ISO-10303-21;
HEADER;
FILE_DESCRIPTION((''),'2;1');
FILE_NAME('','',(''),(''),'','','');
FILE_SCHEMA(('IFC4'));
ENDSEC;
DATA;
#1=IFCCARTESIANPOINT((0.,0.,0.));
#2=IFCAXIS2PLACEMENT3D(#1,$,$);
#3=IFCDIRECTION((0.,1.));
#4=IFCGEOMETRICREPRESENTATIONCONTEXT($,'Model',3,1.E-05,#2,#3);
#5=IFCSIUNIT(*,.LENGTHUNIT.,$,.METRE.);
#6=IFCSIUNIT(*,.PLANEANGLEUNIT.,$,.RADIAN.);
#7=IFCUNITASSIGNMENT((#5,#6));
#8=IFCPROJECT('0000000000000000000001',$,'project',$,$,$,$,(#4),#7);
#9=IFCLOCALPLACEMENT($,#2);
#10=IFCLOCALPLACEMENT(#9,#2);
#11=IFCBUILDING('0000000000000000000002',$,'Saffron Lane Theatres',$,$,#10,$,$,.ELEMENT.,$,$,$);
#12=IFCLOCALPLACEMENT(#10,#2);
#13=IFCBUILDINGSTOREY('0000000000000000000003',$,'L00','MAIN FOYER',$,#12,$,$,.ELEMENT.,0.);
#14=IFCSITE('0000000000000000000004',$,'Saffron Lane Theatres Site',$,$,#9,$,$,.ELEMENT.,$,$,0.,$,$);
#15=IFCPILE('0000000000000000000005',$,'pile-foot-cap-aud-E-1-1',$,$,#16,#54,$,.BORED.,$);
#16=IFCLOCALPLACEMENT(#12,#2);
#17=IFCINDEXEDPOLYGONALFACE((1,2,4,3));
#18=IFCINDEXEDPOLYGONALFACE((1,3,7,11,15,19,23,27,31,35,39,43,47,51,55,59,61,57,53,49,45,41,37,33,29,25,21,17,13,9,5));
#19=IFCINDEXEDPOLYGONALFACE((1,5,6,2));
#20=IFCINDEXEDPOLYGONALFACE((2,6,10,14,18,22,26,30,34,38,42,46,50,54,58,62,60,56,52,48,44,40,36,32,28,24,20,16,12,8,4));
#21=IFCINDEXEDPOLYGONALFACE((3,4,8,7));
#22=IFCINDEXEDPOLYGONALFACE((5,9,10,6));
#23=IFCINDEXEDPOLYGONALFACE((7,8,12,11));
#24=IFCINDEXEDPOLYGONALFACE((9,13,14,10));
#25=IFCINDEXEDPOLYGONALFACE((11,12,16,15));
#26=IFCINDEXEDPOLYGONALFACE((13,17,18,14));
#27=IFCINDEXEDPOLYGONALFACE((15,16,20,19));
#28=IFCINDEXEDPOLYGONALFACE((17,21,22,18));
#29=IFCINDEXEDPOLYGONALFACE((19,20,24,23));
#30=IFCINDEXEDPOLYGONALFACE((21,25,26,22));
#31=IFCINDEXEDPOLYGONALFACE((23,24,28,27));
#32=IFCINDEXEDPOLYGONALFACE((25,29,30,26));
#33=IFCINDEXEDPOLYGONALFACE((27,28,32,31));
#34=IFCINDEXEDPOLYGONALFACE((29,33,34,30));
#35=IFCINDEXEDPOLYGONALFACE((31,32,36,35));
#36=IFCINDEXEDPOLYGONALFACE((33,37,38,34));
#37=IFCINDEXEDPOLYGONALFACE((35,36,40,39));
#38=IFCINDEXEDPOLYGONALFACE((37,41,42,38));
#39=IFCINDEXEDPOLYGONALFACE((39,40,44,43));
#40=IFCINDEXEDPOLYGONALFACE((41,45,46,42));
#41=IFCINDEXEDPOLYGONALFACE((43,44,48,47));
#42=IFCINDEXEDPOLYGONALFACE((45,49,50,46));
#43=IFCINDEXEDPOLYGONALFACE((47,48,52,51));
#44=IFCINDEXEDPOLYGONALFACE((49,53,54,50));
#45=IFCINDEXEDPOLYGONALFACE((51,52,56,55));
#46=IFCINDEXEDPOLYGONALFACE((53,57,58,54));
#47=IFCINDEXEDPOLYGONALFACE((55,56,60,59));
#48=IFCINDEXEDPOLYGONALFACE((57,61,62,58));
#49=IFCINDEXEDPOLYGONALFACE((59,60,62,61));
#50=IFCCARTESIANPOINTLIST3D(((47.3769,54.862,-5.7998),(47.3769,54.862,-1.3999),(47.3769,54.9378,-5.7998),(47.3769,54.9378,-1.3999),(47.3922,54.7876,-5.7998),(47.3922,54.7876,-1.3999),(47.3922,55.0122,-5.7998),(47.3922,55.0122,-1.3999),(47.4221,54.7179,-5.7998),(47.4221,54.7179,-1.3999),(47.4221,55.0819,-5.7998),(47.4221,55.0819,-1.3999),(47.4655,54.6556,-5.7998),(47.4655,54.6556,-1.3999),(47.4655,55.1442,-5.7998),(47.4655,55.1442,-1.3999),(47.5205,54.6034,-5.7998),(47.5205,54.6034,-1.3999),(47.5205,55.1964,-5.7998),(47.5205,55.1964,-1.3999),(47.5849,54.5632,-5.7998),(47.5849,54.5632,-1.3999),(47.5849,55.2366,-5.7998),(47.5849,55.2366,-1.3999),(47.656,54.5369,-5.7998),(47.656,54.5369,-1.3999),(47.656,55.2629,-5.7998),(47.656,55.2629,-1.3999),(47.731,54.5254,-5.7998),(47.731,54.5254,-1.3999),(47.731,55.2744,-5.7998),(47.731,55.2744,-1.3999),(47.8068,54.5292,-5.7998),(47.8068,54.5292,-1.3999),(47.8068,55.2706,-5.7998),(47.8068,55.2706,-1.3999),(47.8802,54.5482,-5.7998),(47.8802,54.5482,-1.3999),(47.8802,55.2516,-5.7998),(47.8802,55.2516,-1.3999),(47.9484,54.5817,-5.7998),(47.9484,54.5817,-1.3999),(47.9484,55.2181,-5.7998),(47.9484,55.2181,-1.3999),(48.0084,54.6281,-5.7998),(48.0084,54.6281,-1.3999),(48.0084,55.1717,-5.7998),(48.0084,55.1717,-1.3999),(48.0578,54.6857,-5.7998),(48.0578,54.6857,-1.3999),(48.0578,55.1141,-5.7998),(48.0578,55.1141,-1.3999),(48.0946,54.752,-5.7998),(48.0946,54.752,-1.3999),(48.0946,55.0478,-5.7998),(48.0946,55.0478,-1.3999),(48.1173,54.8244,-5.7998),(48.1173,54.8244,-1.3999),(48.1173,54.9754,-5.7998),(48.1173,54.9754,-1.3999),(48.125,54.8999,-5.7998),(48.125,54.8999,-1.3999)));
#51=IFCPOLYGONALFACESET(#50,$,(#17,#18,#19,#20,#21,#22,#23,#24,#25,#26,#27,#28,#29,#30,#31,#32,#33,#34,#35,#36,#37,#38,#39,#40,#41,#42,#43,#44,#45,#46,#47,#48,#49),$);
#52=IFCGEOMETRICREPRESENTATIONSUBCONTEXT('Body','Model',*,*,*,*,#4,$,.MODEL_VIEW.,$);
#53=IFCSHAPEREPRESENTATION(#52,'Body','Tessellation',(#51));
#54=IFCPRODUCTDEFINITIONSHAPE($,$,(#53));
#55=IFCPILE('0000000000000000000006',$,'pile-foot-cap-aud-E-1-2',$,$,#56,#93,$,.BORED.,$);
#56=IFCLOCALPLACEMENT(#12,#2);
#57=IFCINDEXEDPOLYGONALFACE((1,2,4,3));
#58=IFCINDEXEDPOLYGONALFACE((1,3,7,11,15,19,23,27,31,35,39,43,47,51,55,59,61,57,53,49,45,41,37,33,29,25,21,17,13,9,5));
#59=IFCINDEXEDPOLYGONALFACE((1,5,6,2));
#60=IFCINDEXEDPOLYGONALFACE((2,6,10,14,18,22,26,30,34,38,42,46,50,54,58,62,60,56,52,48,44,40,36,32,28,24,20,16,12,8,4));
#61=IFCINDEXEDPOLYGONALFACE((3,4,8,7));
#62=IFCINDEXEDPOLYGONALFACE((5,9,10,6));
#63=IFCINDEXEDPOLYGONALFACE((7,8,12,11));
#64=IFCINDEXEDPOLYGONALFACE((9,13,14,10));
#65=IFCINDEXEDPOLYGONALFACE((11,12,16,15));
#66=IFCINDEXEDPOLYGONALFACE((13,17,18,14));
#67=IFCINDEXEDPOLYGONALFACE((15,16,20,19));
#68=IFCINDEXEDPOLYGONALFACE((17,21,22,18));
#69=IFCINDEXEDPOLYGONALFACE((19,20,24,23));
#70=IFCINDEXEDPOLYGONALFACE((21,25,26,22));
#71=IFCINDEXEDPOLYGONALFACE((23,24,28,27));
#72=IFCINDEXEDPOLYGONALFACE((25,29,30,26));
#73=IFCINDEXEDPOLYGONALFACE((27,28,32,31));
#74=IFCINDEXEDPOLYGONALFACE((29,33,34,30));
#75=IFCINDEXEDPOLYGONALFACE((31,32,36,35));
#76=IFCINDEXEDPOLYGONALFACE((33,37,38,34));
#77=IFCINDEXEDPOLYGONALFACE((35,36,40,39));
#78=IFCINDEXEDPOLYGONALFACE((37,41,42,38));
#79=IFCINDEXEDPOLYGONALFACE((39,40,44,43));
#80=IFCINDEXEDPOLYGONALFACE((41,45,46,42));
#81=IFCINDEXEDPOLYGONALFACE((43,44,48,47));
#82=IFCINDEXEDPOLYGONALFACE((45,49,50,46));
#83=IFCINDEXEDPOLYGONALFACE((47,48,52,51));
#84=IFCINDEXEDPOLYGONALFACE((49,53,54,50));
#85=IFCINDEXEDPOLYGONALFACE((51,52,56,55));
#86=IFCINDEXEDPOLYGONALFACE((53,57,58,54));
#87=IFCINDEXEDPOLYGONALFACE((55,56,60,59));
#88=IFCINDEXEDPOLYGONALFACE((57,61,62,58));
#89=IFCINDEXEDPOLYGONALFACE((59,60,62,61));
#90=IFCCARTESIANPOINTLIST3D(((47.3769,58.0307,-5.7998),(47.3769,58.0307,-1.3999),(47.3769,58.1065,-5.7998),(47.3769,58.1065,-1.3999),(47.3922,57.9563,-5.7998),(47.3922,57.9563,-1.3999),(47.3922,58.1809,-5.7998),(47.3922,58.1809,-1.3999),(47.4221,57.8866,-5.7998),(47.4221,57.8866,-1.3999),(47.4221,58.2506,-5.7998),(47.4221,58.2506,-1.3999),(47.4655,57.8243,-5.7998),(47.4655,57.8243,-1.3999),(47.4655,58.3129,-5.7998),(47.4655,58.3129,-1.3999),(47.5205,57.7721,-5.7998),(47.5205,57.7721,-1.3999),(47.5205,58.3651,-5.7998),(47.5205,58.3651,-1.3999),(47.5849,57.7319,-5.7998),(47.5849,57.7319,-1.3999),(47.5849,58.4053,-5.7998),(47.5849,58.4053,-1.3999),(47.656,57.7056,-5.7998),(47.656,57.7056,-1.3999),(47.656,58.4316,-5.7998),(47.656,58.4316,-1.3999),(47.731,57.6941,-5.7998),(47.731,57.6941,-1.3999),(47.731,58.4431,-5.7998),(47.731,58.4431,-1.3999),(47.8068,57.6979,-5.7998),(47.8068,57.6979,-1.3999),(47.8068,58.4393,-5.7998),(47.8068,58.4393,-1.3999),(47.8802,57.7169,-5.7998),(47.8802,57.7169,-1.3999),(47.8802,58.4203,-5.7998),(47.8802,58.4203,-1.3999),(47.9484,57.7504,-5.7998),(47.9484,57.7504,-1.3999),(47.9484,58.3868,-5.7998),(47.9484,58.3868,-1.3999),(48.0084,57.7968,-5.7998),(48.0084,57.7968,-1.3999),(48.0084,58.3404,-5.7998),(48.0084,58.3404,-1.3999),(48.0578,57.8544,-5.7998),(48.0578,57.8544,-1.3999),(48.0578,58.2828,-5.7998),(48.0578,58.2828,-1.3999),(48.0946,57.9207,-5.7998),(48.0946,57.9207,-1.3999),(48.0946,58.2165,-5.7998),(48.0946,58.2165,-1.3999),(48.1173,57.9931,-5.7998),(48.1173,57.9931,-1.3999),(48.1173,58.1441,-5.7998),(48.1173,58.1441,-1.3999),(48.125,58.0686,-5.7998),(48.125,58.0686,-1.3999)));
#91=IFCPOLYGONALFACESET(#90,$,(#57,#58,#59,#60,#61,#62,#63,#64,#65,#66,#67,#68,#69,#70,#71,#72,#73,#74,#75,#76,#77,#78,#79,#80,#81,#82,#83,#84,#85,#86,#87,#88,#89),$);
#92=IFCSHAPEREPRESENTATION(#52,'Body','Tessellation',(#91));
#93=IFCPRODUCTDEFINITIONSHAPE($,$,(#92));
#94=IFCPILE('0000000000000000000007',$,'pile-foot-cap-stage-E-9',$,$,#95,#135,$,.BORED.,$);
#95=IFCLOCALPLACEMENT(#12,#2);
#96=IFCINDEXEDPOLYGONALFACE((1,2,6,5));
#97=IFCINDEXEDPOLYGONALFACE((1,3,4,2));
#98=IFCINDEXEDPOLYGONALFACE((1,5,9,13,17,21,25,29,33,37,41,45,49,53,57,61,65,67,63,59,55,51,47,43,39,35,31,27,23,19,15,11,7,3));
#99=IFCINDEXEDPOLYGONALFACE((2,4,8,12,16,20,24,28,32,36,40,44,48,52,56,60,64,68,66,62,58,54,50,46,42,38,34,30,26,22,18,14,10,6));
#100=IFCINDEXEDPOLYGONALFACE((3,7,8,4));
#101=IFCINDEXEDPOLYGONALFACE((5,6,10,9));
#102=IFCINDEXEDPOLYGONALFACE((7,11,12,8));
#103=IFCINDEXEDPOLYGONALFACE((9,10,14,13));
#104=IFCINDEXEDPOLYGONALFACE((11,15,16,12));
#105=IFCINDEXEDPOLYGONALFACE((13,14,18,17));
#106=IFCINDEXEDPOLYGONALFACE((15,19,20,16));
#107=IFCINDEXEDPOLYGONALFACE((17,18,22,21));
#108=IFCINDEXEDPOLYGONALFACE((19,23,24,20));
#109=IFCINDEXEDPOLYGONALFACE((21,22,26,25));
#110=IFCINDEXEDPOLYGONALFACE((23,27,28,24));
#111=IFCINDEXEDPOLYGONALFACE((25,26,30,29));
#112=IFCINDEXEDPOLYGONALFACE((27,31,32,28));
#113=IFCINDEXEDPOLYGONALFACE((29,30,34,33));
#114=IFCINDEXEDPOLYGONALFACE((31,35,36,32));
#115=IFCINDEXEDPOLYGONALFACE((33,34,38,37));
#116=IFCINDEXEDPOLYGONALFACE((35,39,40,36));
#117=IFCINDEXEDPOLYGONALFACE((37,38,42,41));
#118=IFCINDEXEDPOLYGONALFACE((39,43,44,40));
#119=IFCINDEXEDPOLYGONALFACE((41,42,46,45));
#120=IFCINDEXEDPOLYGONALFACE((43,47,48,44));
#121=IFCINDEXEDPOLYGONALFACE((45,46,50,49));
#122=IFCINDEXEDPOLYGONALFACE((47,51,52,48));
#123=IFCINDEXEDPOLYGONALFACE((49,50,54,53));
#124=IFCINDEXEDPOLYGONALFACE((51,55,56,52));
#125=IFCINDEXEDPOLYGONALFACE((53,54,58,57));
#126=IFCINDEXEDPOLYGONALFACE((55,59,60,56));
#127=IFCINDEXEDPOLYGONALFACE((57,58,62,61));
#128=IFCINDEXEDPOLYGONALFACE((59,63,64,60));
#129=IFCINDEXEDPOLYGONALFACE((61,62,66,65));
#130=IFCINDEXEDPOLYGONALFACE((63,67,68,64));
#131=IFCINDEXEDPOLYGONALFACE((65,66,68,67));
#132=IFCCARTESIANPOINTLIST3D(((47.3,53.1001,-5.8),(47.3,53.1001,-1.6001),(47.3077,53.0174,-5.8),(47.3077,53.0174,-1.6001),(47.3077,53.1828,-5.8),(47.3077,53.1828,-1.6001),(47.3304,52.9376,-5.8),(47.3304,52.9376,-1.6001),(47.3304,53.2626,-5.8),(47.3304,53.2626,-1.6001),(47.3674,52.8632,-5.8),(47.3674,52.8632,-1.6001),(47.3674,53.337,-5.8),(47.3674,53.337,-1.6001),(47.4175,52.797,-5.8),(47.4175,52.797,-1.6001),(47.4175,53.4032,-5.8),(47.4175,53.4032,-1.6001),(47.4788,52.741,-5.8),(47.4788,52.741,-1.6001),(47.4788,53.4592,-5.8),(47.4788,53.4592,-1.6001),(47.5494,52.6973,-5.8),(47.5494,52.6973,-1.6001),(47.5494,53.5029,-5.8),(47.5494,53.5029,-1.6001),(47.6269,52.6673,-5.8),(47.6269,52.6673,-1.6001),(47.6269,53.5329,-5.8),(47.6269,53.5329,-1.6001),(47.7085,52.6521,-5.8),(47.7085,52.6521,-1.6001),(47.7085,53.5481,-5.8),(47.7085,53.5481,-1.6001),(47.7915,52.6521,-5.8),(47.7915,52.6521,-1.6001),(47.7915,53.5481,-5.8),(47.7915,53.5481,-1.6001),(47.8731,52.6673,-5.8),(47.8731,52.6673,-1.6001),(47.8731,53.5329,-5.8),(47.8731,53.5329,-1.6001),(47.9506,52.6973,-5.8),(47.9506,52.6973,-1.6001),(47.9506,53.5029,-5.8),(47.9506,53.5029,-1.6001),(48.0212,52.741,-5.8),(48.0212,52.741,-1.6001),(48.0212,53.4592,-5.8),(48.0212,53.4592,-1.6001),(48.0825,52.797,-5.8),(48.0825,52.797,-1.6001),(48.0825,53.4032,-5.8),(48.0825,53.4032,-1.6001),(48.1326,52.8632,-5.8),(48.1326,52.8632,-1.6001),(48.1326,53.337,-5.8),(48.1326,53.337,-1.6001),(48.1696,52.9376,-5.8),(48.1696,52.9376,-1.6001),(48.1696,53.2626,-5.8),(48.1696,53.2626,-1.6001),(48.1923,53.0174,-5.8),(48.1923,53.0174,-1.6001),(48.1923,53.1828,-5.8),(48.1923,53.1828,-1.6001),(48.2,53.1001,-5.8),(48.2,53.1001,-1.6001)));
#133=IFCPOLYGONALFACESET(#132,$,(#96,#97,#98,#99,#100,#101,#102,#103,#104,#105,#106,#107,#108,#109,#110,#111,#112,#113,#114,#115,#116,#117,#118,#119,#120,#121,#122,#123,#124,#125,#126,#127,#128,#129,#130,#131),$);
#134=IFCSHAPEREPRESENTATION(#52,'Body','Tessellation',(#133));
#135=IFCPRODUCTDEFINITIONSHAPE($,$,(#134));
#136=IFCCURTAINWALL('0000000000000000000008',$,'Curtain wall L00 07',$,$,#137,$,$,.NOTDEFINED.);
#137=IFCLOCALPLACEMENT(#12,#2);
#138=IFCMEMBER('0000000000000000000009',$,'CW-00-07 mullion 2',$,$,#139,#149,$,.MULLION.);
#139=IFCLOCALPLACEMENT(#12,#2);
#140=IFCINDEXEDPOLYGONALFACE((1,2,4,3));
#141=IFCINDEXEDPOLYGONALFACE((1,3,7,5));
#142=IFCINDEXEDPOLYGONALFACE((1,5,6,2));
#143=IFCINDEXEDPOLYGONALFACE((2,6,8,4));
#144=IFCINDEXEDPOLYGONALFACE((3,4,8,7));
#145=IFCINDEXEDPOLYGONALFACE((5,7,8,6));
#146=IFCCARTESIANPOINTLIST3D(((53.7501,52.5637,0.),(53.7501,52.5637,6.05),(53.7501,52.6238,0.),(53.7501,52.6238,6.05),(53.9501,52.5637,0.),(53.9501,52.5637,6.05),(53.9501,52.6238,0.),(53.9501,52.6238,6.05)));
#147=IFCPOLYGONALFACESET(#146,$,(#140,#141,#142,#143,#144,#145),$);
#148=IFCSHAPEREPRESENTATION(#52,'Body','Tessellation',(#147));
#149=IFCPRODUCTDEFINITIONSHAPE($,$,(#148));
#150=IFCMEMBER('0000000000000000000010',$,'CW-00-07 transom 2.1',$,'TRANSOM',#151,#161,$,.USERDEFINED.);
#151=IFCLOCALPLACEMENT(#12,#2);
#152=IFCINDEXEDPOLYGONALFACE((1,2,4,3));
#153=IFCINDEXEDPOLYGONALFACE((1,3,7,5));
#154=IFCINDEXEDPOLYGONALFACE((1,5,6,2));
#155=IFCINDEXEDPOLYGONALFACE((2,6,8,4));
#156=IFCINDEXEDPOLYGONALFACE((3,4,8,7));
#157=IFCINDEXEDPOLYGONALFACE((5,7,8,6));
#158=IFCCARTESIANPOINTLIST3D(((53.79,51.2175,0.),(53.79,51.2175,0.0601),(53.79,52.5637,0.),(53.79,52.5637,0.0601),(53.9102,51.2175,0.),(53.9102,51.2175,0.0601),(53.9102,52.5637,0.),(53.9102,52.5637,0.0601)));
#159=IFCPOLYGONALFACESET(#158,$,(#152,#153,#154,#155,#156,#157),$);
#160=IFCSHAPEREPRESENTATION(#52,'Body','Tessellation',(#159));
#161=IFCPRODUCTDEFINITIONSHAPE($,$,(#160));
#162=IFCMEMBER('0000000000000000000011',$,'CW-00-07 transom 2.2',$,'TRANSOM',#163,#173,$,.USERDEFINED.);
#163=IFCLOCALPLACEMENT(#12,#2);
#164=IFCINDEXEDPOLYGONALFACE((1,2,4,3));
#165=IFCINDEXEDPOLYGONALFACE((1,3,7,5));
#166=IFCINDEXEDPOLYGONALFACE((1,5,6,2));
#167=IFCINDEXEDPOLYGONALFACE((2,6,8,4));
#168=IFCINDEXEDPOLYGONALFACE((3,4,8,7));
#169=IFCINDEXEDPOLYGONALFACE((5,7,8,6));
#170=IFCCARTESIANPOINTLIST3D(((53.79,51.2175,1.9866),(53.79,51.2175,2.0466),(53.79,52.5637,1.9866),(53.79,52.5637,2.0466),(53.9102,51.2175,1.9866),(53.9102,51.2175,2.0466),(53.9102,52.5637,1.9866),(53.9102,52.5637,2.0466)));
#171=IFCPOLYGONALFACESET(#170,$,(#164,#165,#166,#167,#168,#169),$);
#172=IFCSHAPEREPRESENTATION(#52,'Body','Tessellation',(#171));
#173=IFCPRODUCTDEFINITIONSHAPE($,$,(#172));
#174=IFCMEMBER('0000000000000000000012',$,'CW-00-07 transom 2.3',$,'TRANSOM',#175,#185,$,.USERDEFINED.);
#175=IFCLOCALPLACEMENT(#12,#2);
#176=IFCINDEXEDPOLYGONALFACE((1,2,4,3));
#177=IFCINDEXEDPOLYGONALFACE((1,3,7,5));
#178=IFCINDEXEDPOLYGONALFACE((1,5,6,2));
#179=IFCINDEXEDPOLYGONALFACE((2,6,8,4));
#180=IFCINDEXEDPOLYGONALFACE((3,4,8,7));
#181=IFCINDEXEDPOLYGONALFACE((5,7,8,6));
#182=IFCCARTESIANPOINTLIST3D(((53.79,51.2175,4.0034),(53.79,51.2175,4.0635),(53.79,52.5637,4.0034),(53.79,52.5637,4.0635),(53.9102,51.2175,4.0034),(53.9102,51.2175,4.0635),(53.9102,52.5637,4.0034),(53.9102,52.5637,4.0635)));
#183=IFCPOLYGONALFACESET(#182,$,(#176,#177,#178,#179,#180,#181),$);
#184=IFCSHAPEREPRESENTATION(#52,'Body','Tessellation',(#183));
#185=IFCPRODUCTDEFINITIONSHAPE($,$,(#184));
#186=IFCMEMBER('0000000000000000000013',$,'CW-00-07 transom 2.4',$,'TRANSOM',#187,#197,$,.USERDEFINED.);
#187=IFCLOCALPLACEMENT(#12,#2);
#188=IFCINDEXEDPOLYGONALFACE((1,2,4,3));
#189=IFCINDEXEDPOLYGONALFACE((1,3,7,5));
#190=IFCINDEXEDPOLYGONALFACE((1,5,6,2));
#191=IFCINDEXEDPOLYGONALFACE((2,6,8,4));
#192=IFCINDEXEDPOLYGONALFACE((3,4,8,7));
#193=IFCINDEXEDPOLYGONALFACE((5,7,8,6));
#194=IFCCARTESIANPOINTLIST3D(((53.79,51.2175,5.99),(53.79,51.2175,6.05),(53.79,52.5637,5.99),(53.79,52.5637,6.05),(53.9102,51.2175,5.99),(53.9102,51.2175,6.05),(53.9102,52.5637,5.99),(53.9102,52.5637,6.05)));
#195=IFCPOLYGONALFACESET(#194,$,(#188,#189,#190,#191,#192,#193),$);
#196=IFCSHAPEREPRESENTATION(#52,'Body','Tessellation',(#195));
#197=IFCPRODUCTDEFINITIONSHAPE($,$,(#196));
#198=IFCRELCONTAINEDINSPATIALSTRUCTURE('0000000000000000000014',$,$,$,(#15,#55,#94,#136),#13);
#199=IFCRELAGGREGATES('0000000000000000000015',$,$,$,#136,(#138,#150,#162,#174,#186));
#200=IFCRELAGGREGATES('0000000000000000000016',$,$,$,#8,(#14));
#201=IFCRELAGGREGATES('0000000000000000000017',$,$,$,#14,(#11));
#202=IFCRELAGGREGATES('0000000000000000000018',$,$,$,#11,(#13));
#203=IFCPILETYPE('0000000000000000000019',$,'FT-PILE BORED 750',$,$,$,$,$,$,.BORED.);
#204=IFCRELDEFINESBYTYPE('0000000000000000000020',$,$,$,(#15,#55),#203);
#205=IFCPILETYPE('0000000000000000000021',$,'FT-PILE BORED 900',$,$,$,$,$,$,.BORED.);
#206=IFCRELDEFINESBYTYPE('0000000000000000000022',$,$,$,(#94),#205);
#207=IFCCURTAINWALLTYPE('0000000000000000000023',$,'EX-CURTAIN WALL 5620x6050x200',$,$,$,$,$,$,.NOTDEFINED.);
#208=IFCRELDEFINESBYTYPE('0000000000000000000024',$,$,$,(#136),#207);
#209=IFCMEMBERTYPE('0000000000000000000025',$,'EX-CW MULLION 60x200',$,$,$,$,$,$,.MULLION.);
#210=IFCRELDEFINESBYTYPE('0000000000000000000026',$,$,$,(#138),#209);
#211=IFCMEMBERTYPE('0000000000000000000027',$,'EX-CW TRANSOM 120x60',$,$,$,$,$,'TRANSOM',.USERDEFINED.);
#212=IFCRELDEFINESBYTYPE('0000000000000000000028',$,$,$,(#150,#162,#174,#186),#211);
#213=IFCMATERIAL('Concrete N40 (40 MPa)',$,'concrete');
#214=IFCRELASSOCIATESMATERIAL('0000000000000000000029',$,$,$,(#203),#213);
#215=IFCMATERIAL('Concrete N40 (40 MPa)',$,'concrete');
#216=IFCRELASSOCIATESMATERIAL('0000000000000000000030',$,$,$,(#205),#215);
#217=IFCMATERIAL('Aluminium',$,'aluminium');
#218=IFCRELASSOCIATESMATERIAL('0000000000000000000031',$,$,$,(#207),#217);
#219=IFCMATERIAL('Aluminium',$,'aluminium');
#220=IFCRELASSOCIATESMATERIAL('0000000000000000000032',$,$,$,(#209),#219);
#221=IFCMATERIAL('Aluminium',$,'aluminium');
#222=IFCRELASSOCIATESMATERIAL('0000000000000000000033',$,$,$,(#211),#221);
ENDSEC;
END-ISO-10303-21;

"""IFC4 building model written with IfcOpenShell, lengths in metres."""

from ifc_helpers import new_model, si_unit, direction, frame, origin, origin_2d, place, context, subcontext, project, spatial, rectangle, circle, extrude, material, material_profile, profile_set, type_object, element, aggregate, save


model = new_model("IFC4")

# Units and contexts
model_context = context("Model", 3, precision=1e-05, world=origin(), true_north=direction((0.0, 1.0)))
body_context = subcontext(model_context, "Body", "Model", "MODEL_VIEW")
ifc_project = project(units=[si_unit("LENGTHUNIT", "METRE"), si_unit("PLANEANGLEUNIT", "RADIAN")], contexts=[model_context])

# Site, building, storey
site_placement = place(None, origin())
site = spatial("IfcSite", under=ifc_project, at=site_placement, Name="Saffron Lane Theatres Site", CompositionType="ELEMENT", RefElevation=0.0)
building_placement = place(site_placement, origin())
building = spatial("IfcBuilding", under=site, at=building_placement, Name="Saffron Lane Theatres", CompositionType="ELEMENT")
storey_placement = place(building_placement, origin())
storey = spatial("IfcBuildingStorey", under=building, at=storey_placement, Name="L00", Description="MAIN FOYER", CompositionType="ELEMENT", Elevation=0.0)

# Piles
ifc_material_1 = material(Name="Concrete N40 (40 MPa)", Category="concrete")
ifc_material_profile_1 = material_profile(ifc_material_1, circle(Radius=0.375, at=origin_2d()))
ifc_profile_set_1 = profile_set([ifc_material_profile_1], Name="Concrete N40 (40 MPa)")
pile_type_1 = type_object("IfcPileType", Name="FT-PILE BORED 750", PredefinedType="BORED", material=ifc_profile_set_1)
for number, where, z_axis, x_axis, name in (
    (1, (47.75, 54.8999, -1.3999), (0.0, 0.0, -1.0), (1.0, 0.0, 0.0), "pile-foot-cap-aud-E-1-1"),
    (2, (47.75, 58.0686, -1.3999), (0.0, 0.0, -1.0), (1.0, 0.0, 0.0), "pile-foot-cap-aud-E-1-2"),
):
    element("IfcPile", number, at=place(storey_placement, frame(where, z_axis=z_axis, x_axis=x_axis)), inside=storey, type_object=pile_type_1, Name=name, PredefinedType="BORED", context=body_context, shape_type="SweptSolid", body=[
        extrude(circle(Radius=0.375, at=origin_2d()), origin(), (0.0, 0.0, 1.0), 4.3999),
    ])
ifc_material_2 = material(Name="Concrete N40 (40 MPa)", Category="concrete")
ifc_material_profile_2 = material_profile(ifc_material_2, circle(Radius=0.45, at=origin_2d()))
ifc_profile_set_2 = profile_set([ifc_material_profile_2], Name="Concrete N40 (40 MPa)")
pile_type_2 = type_object("IfcPileType", Name="FT-PILE BORED 900", PredefinedType="BORED", material=ifc_profile_set_2)
pile_placement = place(storey_placement, frame((47.75, 53.1001, -1.6001), z_axis=(0.0, 0.0, -1.0), x_axis=(1.0, 0.0, 0.0)))
element("IfcPile", 3, at=pile_placement, inside=storey, type_object=pile_type_2, Name="pile-foot-cap-stage-E-9", PredefinedType="BORED", context=body_context, shape_type="SweptSolid", body=[
    extrude(circle(Radius=0.45, at=origin_2d()), origin(), (0.0, 0.0, 1.0), 4.2),
])

# Curtain wall, members
ifc_material_3 = material(Name="Aluminium", Category="aluminium")
curtain_wall_type = type_object("IfcCurtainWallType", Name="EX-CURTAIN WALL 5620x6050x200", PredefinedType="NOTDEFINED", material=ifc_material_3)
curtain_wall_placement = place(storey_placement, origin())
curtain_wall = element("IfcCurtainWall", 4, at=curtain_wall_placement, inside=storey, type_object=curtain_wall_type, Name="Curtain wall L00 07", PredefinedType="NOTDEFINED")
ifc_material_4 = material(Name="Aluminium", Category="aluminium")
ifc_material_profile_3 = material_profile(ifc_material_4, rectangle(XDim=0.0601, YDim=0.2, at=origin_2d()))
ifc_profile_set_3 = profile_set([ifc_material_profile_3], Name="Aluminium")
member_type_1 = type_object("IfcMemberType", Name="EX-CW MULLION 60x200", PredefinedType="MULLION", material=ifc_profile_set_3)
member_1_placement = place(storey_placement, frame((53.8501, 52.5938, 0.0), z_axis=(0.0, 0.0, 1.0), x_axis=(0.0, -1.0, 0.0)))
member_1 = element("IfcMember", 5, at=member_1_placement, type_object=member_type_1, Name="CW-00-07 mullion 2", PredefinedType="MULLION", context=body_context, shape_type="SweptSolid", body=[
    extrude(rectangle(XDim=0.0601, YDim=0.2, at=origin_2d()), origin(), (0.0, 0.0, 1.0), 6.05),
])
ifc_material_5 = material(Name="Aluminium", Category="aluminium")
ifc_material_profile_4 = material_profile(ifc_material_5, rectangle(XDim=0.1201, YDim=0.0601, at=origin_2d()))
ifc_profile_set_4 = profile_set([ifc_material_profile_4], Name="Aluminium")
member_type_2 = type_object("IfcMemberType", Name="EX-CW TRANSOM 120x60", ElementType="TRANSOM", PredefinedType="USERDEFINED", material=ifc_profile_set_4)
member_2_placement = place(storey_placement, frame((53.8501, 52.5637, 0.03), z_axis=(0.0, -1.0, 0.0), x_axis=(1.0, 0.0, 0.0)))
member_2 = element("IfcMember", 6, at=member_2_placement, type_object=member_type_2, Name="CW-00-07 transom 2.1", ObjectType="TRANSOM", PredefinedType="USERDEFINED", context=body_context, shape_type="SweptSolid", body=[
    extrude(rectangle(XDim=0.1201, YDim=0.0601, at=origin_2d()), origin(), (0.0, 0.0, 1.0), 1.3462),
])
member_3_placement = place(storey_placement, frame((53.8501, 52.5637, 2.0166), z_axis=(0.0, -1.0, 0.0), x_axis=(1.0, 0.0, 0.0)))
member_3 = element("IfcMember", 7, at=member_3_placement, type_object=member_type_2, Name="CW-00-07 transom 2.2", ObjectType="TRANSOM", PredefinedType="USERDEFINED", context=body_context, shape_type="SweptSolid", body=[
    extrude(rectangle(XDim=0.1201, YDim=0.0601, at=origin_2d()), origin(), (0.0, 0.0, 1.0), 1.3462),
])
member_4_placement = place(storey_placement, frame((53.8501, 52.5637, 4.0334), z_axis=(0.0, -1.0, 0.0), x_axis=(1.0, 0.0, 0.0)))
member_4 = element("IfcMember", 8, at=member_4_placement, type_object=member_type_2, Name="CW-00-07 transom 2.3", ObjectType="TRANSOM", PredefinedType="USERDEFINED", context=body_context, shape_type="SweptSolid", body=[
    extrude(rectangle(XDim=0.1201, YDim=0.0601, at=origin_2d()), origin(), (0.0, 0.0, 1.0), 1.3462),
])
member_5_placement = place(storey_placement, frame((53.8501, 52.5637, 6.02), z_axis=(0.0, -1.0, 0.0), x_axis=(1.0, 0.0, 0.0)))
member_5 = element("IfcMember", 9, at=member_5_placement, type_object=member_type_2, Name="CW-00-07 transom 2.4", ObjectType="TRANSOM", PredefinedType="USERDEFINED", context=body_context, shape_type="SweptSolid", body=[
    extrude(rectangle(XDim=0.1201, YDim=0.0601, at=origin_2d()), origin(), (0.0, 0.0, 1.0), 1.3462),
])
aggregate(curtain_wall, [member_1, member_2, member_3, member_4, member_5])

save(model, "model.ifc")
